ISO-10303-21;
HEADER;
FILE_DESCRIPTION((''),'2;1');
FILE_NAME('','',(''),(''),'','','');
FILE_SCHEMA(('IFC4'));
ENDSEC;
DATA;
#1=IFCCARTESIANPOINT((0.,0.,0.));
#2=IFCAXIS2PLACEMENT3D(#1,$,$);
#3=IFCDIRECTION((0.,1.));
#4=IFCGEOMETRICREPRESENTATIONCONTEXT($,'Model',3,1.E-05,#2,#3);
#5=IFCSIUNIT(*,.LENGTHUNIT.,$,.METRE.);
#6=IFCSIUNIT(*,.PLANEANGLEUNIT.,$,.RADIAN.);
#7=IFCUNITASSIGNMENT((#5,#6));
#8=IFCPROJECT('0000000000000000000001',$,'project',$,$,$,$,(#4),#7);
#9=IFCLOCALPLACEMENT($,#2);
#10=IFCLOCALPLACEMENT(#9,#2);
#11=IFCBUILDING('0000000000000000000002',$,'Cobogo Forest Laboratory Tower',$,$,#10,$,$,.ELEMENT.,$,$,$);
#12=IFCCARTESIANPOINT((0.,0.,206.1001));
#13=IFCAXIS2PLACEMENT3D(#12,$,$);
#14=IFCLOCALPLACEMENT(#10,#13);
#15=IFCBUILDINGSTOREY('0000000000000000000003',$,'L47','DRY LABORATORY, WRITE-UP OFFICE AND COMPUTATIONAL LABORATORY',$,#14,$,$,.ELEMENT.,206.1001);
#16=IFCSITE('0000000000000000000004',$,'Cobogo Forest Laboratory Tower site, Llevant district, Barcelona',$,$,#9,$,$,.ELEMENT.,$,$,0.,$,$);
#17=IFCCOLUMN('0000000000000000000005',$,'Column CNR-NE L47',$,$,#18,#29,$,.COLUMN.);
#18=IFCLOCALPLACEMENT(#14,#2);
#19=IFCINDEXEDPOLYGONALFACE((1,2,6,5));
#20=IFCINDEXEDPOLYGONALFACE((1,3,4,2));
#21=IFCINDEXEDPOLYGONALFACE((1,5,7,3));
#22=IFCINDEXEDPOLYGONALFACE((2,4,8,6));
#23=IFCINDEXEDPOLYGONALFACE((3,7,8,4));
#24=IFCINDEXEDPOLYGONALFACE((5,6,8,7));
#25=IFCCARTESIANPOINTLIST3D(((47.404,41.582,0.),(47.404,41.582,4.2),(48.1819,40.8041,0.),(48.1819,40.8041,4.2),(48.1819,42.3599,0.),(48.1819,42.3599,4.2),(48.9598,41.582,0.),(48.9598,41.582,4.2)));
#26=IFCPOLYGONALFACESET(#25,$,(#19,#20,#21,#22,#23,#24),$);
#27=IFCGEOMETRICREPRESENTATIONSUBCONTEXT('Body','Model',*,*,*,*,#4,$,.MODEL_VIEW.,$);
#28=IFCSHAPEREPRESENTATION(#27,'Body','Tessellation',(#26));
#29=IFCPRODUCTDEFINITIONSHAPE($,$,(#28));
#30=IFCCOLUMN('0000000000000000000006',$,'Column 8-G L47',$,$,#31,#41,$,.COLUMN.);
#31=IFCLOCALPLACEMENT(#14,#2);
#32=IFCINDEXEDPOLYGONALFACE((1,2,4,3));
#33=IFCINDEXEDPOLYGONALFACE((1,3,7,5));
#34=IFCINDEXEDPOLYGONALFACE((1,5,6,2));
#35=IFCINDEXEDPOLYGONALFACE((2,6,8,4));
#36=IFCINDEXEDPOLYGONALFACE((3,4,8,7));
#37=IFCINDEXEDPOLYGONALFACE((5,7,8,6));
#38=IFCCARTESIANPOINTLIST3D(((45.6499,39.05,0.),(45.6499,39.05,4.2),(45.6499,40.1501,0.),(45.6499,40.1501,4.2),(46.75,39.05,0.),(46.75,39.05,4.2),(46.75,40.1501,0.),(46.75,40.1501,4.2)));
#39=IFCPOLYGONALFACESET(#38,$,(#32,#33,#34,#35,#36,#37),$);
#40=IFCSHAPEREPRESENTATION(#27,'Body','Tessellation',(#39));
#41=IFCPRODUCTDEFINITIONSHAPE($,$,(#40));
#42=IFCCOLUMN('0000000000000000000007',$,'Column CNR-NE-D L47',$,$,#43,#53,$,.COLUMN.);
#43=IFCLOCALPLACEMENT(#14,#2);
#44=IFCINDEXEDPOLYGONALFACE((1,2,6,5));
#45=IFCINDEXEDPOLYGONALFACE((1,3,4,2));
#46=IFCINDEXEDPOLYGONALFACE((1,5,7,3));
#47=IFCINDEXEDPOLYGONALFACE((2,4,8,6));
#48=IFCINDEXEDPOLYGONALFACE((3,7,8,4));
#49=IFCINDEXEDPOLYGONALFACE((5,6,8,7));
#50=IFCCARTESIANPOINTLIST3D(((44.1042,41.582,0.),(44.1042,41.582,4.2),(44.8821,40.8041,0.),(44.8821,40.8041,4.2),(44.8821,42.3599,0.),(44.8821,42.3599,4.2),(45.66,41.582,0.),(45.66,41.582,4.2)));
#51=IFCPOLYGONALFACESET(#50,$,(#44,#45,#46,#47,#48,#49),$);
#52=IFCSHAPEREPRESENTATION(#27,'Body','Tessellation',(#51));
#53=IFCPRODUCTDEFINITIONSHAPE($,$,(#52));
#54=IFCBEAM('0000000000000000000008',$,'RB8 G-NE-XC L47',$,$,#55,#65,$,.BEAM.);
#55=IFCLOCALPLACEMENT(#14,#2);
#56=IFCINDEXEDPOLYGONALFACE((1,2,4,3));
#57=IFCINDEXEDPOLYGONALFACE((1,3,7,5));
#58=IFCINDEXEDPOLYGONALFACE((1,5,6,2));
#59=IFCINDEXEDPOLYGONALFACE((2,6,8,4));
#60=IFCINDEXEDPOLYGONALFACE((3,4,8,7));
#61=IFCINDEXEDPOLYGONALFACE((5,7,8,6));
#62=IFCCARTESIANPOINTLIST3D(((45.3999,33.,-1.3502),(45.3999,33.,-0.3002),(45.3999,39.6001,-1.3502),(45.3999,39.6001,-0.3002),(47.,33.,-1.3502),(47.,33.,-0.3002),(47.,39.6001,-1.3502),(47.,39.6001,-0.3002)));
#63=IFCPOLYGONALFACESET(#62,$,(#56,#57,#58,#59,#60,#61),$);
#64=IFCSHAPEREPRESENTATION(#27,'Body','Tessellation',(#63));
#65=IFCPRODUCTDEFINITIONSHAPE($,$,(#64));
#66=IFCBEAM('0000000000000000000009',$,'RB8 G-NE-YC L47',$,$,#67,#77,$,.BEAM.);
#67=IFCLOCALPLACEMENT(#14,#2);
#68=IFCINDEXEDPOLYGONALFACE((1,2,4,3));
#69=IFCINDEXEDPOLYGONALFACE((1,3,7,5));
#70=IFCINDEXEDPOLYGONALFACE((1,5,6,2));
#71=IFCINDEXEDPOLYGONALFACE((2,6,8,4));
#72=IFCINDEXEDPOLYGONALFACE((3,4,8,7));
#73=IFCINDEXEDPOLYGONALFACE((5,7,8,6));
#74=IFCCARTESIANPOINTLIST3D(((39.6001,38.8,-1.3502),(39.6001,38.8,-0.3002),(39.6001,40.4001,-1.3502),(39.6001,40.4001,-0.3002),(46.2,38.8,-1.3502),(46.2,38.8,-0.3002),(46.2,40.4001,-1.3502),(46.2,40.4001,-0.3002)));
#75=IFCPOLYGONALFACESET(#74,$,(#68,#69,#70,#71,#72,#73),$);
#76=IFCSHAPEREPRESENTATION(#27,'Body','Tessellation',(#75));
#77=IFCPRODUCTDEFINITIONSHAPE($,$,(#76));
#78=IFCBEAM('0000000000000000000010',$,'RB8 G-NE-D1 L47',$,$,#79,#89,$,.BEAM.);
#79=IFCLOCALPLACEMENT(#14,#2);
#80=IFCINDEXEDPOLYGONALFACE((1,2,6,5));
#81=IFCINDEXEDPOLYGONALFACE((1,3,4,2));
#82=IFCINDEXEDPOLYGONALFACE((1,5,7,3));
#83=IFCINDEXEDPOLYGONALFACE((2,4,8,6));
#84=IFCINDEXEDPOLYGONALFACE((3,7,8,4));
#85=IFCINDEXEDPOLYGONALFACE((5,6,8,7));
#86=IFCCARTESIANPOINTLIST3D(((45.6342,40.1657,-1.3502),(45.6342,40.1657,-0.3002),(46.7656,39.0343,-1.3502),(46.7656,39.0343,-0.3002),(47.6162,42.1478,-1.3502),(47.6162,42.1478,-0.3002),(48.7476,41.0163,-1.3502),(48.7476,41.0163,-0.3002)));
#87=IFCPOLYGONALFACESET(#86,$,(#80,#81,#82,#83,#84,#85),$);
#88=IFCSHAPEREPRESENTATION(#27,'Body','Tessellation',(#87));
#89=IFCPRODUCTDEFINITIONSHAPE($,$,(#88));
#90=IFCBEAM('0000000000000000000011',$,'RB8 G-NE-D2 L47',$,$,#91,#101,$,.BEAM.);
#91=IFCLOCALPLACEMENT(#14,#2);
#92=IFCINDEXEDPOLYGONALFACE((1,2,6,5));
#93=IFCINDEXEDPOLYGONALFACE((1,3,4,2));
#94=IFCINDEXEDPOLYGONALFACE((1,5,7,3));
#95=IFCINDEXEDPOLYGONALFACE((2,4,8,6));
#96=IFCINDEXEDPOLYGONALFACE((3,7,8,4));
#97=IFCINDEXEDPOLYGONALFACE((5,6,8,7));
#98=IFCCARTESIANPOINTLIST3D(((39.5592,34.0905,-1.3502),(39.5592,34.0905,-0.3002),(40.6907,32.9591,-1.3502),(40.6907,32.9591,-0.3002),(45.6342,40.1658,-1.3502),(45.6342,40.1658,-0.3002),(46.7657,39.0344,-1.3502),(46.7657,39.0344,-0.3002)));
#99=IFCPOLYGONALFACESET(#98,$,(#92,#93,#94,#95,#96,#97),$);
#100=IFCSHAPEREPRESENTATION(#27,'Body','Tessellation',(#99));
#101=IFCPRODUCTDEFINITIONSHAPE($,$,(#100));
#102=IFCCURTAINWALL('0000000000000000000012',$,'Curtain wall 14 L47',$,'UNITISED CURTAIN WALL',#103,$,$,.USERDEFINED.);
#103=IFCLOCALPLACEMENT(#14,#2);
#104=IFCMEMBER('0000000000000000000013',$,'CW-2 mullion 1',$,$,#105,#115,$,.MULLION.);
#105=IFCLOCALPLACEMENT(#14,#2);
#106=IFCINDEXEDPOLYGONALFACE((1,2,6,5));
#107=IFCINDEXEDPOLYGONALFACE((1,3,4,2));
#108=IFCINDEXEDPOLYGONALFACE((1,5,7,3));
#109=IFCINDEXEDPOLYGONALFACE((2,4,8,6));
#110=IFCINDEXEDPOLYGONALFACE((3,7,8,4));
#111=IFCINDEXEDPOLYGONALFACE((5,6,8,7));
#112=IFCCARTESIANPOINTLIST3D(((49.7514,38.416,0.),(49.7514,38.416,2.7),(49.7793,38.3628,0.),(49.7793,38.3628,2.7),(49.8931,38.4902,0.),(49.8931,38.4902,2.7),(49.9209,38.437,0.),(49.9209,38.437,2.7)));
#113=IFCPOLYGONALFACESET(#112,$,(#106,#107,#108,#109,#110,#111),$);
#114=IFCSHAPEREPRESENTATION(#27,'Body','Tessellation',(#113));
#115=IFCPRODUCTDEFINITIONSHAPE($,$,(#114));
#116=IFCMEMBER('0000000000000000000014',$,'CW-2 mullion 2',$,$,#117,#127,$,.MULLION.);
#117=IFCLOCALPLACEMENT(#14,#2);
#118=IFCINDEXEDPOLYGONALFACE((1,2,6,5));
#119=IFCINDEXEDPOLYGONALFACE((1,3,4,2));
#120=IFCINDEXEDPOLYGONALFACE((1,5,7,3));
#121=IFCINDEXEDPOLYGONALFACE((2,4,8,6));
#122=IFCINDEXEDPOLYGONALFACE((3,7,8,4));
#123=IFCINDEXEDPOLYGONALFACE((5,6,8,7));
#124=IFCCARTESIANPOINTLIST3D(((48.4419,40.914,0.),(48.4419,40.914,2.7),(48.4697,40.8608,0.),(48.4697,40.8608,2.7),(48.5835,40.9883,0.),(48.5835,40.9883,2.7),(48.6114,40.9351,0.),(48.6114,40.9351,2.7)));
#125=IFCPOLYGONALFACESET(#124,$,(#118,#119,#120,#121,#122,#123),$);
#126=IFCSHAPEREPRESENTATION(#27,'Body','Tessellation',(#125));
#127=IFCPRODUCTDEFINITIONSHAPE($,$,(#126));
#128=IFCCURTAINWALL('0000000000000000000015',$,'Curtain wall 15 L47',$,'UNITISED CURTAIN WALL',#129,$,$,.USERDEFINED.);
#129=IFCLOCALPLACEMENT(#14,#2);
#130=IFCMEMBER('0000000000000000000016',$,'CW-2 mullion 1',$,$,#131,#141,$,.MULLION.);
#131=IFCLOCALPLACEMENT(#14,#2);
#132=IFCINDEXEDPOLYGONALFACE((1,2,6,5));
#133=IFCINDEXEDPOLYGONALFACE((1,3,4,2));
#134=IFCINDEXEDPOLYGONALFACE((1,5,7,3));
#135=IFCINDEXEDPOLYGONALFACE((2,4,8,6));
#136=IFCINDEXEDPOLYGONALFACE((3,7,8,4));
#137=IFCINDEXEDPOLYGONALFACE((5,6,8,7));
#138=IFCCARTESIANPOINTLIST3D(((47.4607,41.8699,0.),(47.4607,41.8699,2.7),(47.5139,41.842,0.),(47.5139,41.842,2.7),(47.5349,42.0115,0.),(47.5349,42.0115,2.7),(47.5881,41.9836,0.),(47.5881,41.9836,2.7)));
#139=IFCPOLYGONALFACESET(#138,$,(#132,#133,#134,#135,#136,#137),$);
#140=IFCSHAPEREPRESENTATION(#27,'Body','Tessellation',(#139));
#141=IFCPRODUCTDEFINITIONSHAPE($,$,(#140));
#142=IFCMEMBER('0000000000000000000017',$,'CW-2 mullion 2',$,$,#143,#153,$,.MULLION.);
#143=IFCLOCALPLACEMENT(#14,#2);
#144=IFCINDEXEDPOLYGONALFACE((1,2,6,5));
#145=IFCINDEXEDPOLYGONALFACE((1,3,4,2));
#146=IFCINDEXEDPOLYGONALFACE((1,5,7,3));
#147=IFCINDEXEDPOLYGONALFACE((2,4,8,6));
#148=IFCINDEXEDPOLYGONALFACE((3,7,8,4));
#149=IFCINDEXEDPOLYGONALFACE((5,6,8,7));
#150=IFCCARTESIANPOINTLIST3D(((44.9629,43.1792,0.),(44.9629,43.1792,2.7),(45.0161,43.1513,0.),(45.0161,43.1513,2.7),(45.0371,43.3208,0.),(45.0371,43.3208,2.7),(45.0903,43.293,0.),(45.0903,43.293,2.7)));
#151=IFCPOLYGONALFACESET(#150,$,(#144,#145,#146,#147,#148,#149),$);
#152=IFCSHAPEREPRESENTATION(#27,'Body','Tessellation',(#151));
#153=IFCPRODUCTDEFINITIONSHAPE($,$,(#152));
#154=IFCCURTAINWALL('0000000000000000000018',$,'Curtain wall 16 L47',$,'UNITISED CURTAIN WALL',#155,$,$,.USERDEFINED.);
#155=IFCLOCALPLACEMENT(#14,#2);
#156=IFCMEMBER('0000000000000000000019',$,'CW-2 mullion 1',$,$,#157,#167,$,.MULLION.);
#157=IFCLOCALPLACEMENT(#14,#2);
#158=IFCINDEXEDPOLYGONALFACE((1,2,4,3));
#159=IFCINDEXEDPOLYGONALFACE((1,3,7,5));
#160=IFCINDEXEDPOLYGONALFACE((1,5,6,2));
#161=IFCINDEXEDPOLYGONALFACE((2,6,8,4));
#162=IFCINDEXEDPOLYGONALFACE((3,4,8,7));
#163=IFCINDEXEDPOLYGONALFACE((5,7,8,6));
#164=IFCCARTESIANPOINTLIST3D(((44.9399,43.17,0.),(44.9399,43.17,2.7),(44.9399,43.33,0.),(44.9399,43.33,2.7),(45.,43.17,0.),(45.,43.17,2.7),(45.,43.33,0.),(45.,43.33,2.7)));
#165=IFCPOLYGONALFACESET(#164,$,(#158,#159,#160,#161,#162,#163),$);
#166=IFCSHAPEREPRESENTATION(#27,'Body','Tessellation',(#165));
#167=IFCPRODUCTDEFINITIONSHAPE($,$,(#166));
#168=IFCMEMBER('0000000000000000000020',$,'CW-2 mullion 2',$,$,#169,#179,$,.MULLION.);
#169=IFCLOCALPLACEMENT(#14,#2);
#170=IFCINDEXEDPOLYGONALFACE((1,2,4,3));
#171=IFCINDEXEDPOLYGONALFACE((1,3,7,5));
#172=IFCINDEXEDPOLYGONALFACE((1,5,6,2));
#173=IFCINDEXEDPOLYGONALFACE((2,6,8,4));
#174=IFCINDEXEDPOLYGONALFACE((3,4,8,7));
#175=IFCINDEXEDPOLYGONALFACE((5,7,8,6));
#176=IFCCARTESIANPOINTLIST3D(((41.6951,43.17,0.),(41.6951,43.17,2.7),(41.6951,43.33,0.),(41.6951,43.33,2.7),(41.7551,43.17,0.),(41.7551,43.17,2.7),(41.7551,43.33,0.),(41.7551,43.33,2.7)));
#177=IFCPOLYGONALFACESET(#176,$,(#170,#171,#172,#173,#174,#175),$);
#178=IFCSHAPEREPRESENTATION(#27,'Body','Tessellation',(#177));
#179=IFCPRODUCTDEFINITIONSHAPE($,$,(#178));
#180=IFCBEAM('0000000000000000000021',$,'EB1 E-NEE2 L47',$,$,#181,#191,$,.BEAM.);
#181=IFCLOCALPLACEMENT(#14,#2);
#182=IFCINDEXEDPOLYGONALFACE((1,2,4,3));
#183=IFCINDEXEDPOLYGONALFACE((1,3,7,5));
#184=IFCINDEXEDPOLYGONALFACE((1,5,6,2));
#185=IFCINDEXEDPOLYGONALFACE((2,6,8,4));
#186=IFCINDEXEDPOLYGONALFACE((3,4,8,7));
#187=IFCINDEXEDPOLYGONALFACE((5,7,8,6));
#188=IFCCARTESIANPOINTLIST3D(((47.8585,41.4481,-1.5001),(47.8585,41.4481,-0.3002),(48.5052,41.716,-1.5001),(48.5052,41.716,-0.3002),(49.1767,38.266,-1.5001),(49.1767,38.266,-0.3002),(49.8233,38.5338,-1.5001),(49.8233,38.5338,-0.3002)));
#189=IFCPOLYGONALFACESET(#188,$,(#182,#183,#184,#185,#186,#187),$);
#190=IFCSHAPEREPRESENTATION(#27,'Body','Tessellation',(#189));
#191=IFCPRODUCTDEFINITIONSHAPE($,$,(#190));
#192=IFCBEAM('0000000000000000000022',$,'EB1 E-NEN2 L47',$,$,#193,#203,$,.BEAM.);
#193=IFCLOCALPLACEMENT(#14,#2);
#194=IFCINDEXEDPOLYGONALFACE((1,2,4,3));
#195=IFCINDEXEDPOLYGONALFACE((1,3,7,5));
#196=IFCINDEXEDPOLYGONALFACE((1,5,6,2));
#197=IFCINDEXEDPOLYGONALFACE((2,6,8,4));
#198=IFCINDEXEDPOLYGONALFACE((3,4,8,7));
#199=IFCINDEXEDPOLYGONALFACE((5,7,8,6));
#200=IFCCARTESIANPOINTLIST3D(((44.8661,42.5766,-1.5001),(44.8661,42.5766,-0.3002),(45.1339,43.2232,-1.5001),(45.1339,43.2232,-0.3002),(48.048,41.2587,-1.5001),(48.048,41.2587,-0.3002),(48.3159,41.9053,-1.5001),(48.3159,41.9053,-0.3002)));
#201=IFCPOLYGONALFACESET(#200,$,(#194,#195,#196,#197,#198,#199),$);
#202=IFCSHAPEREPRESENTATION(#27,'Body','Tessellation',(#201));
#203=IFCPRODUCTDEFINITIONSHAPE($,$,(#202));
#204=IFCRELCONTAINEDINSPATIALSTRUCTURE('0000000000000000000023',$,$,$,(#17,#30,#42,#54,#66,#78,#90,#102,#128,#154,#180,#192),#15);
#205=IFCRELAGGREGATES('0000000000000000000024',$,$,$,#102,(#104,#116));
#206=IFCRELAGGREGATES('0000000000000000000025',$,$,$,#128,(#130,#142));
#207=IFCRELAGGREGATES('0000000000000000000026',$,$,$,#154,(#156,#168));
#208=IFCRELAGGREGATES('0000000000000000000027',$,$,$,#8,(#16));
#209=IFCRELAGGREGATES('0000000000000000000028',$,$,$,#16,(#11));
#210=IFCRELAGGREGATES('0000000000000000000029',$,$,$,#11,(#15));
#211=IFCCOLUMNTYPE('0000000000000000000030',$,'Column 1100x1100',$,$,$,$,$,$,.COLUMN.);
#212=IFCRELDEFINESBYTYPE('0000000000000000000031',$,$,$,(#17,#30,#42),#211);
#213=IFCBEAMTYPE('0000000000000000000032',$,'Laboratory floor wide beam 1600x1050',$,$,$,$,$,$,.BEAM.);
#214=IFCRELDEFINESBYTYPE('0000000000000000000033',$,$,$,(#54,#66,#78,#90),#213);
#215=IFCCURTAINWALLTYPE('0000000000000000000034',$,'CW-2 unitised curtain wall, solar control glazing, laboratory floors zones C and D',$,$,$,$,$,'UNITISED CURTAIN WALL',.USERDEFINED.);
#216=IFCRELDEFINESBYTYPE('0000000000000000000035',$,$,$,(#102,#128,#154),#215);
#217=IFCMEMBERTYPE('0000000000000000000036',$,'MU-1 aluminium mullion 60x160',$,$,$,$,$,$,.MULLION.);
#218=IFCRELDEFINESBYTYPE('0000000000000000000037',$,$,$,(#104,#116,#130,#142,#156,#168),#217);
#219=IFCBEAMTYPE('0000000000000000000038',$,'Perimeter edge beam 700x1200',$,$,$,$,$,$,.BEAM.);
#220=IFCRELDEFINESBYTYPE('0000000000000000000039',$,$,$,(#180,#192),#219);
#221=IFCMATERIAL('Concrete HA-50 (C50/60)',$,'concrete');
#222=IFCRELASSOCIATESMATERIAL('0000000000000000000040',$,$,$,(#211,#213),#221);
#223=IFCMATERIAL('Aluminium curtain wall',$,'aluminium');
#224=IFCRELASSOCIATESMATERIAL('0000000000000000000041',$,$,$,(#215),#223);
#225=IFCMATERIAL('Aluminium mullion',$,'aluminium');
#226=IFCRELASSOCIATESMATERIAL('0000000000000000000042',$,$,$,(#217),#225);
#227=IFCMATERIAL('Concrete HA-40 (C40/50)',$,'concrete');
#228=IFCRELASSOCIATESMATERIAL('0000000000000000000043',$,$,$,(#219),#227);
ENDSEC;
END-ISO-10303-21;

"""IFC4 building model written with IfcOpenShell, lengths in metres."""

from ifc_helpers import new_model, si_unit, direction, frame, origin, origin_2d, place, context, subcontext, project, spatial, rectangle, extrude, material, material_profile, profile_set, type_object, element, aggregate, save


model = new_model("IFC4")

# Units and contexts
model_context = context("Model", 3, precision=1e-05, world=origin(), true_north=direction((0.0, 1.0)))
body_context = subcontext(model_context, "Body", "Model", "MODEL_VIEW")
ifc_project = project(units=[si_unit("LENGTHUNIT", "METRE"), si_unit("PLANEANGLEUNIT", "RADIAN")], contexts=[model_context])

# Site, building, storey
site_placement = place(None, origin())
site = spatial("IfcSite", under=ifc_project, at=site_placement, Name="Cobogo Forest Laboratory Tower site, Llevant district, Barcelona", CompositionType="ELEMENT", RefElevation=0.0)
building_placement = place(site_placement, origin())
building = spatial("IfcBuilding", under=site, at=building_placement, Name="Cobogo Forest Laboratory Tower", CompositionType="ELEMENT")
storey_placement = place(building_placement, frame((0.0, 0.0, 206.1001)))
storey = spatial("IfcBuildingStorey", under=building, at=storey_placement, Name="L47", Description="DRY LABORATORY, WRITE-UP OFFICE AND COMPUTATIONAL LABORATORY", CompositionType="ELEMENT", Elevation=206.1001)

# Columns
ifc_material_1 = material(Name="Concrete HA-50 (C50/60)", Category="concrete")
ifc_material_profile_1 = material_profile(ifc_material_1, rectangle(XDim=1.1001, YDim=1.1001, at=origin_2d()), Name="RC 1100x1100")
ifc_profile_set_1 = profile_set([ifc_material_profile_1], Name="Concrete HA-50 (C50/60)")
column_type = type_object("IfcColumnType", Name="Column 1100x1100", PredefinedType="COLUMN", material=ifc_profile_set_1)
for number, where, z_axis, x_axis, name in (
    (1, (48.1819, 41.582, 0.0), (0.0, 0.0, 1.0), (0.707107, 0.707107, 0.0), "Column CNR-NE L47"),
    (2, (46.2, 39.6001, 0.0), (0.0, 0.0, 1.0), (1.0, 0.0, 0.0), "Column 8-G L47"),
    (3, (44.8821, 41.582, 0.0), (0.0, 0.0, 1.0), (0.707107, 0.707107, 0.0), "Column CNR-NE-D L47"),
):
    element("IfcColumn", number, at=place(storey_placement, frame(where, z_axis=z_axis, x_axis=x_axis)), inside=storey, type_object=column_type, Name=name, PredefinedType="COLUMN", context=body_context, shape_type="SweptSolid", body=[
        extrude(rectangle(XDim=1.1001, YDim=1.1001, at=origin_2d()), origin(), (0.0, 0.0, 1.0), 4.2),
    ])

# Beams
ifc_material_profile_2 = material_profile(ifc_material_1, rectangle(XDim=1.6001, YDim=1.05, at=origin_2d()), Name="RC 1600x1050")
ifc_profile_set_2 = profile_set([ifc_material_profile_2], Name="Concrete HA-50 (C50/60)")
beam_type_1 = type_object("IfcBeamType", Name="Laboratory floor wide beam 1600x1050", PredefinedType="BEAM", material=ifc_profile_set_2)
beam_1_placement = place(storey_placement, frame((46.2, 39.6001, -0.8252), z_axis=(0.0, -1.0, 0.0), x_axis=(1.0, 0.0, 0.0)))
element("IfcBeam", 4, at=beam_1_placement, inside=storey, type_object=beam_type_1, Name="RB8 G-NE-XC L47", PredefinedType="BEAM", context=body_context, shape_type="SweptSolid", body=[
    extrude(rectangle(XDim=1.6001, YDim=1.05, at=origin_2d()), origin(), (0.0, 0.0, 1.0), 6.6001),
])
beam_2_placement = place(storey_placement, frame((46.2, 39.6001, -0.8252), z_axis=(-1.0, 0.0, 0.0), x_axis=(0.0, -1.0, 0.0)))
element("IfcBeam", 5, at=beam_2_placement, inside=storey, type_object=beam_type_1, Name="RB8 G-NE-YC L47", PredefinedType="BEAM", context=body_context, shape_type="SweptSolid", body=[
    extrude(rectangle(XDim=1.6001, YDim=1.05, at=origin_2d()), origin(), (0.0, 0.0, 1.0), 6.5999),
])
beam_3_placement = place(storey_placement, frame((48.1819, 41.582, -0.8252), z_axis=(-0.707107, -0.707107, 0.0), x_axis=(0.707107, -0.707107, 0.0)))
element("IfcBeam", 6, at=beam_3_placement, inside=storey, type_object=beam_type_1, Name="RB8 G-NE-D1 L47", PredefinedType="BEAM", context=body_context, shape_type="SweptSolid", body=[
    extrude(rectangle(XDim=1.6001, YDim=1.05, at=origin_2d()), origin(), (0.0, 0.0, 1.0), 2.803),
])
beam_4_placement = place(storey_placement, frame((46.2, 39.6001, -0.8252), z_axis=(-0.707093, -0.707121, 0.0), x_axis=(0.707121, -0.707093, 0.0)))
element("IfcBeam", 7, at=beam_4_placement, inside=storey, type_object=beam_type_1, Name="RB8 G-NE-D2 L47", PredefinedType="BEAM", context=body_context, shape_type="SweptSolid", body=[
    extrude(rectangle(XDim=1.6001, YDim=1.05, at=origin_2d()), origin(), (0.0, 0.0, 1.0), 8.5916),
])

# Curtain walls, members
ifc_material_2 = material(Name="Aluminium curtain wall", Category="aluminium")
curtain_wall_type = type_object("IfcCurtainWallType", Name="CW-2 unitised curtain wall, solar control glazing, laboratory floors zones C and D", ElementType="UNITISED CURTAIN WALL", PredefinedType="USERDEFINED", material=ifc_material_2)
curtain_wall_1_placement = place(storey_placement, origin())
curtain_wall_1 = element("IfcCurtainWall", 8, at=curtain_wall_1_placement, inside=storey, type_object=curtain_wall_type, Name="Curtain wall 14 L47", ObjectType="UNITISED CURTAIN WALL", PredefinedType="USERDEFINED")
ifc_material_3 = material(Name="Aluminium mullion", Category="aluminium")
ifc_material_profile_3 = material_profile(ifc_material_3, rectangle(XDim=0.0601, YDim=0.1599, at=origin_2d()), Name="AL 60x160")
ifc_profile_set_3 = profile_set([ifc_material_profile_3], Name="Aluminium mullion")
member_type_1 = type_object("IfcMemberType", Name="MU-1 aluminium mullion 60x160", PredefinedType="MULLION", material=ifc_profile_set_3)
member_1_placement = place(storey_placement, frame((49.8362, 38.4265, 0.0), z_axis=(0.0, 0.0, 1.0), x_axis=(-0.464284, 0.885686, 0.0)))
member_1 = element("IfcMember", 9, at=member_1_placement, type_object=member_type_1, Name="CW-2 mullion 1", PredefinedType="MULLION", context=body_context, shape_type="SweptSolid", body=[
    extrude(rectangle(XDim=0.0601, YDim=0.1599, at=origin_2d()), origin(), (0.0, 0.0, 1.0), 2.7),
])
member_2_placement = place(storey_placement, frame((48.5266, 40.9246, 0.0), z_axis=(0.0, 0.0, 1.0), x_axis=(-0.464284, 0.885686, 0.0)))
member_2 = element("IfcMember", 10, at=member_2_placement, type_object=member_type_1, Name="CW-2 mullion 2", PredefinedType="MULLION", context=body_context, shape_type="SweptSolid", body=[
    extrude(rectangle(XDim=0.0601, YDim=0.1599, at=origin_2d()), origin(), (0.0, 0.0, 1.0), 2.7),
])
curtain_wall_2_placement = place(storey_placement, origin())
curtain_wall_2 = element("IfcCurtainWall", 11, at=curtain_wall_2_placement, inside=storey, type_object=curtain_wall_type, Name="Curtain wall 15 L47", ObjectType="UNITISED CURTAIN WALL", PredefinedType="USERDEFINED")
member_3_placement = place(storey_placement, frame((47.5244, 41.9268, 0.0), z_axis=(0.0, 0.0, 1.0), x_axis=(-0.885686, 0.464284, 0.0)))
member_3 = element("IfcMember", 12, at=member_3_placement, type_object=member_type_1, Name="CW-2 mullion 1", PredefinedType="MULLION", context=body_context, shape_type="SweptSolid", body=[
    extrude(rectangle(XDim=0.0601, YDim=0.1599, at=origin_2d()), origin(), (0.0, 0.0, 1.0), 2.7),
])
member_4_placement = place(storey_placement, frame((45.0266, 43.2361, 0.0), z_axis=(0.0, 0.0, 1.0), x_axis=(-0.885686, 0.464284, 0.0)))
member_4 = element("IfcMember", 13, at=member_4_placement, type_object=member_type_1, Name="CW-2 mullion 2", PredefinedType="MULLION", context=body_context, shape_type="SweptSolid", body=[
    extrude(rectangle(XDim=0.0601, YDim=0.1599, at=origin_2d()), origin(), (0.0, 0.0, 1.0), 2.7),
])
curtain_wall_3_placement = place(storey_placement, origin())
curtain_wall_3 = element("IfcCurtainWall", 14, at=curtain_wall_3_placement, inside=storey, type_object=curtain_wall_type, Name="Curtain wall 16 L47", ObjectType="UNITISED CURTAIN WALL", PredefinedType="USERDEFINED")
member_5_placement = place(storey_placement, frame((44.97, 43.25, 0.0), z_axis=(0.0, 0.0, 1.0), x_axis=(-1.0, 0.0, 0.0)))
member_5 = element("IfcMember", 15, at=member_5_placement, type_object=member_type_1, Name="CW-2 mullion 1", PredefinedType="MULLION", context=body_context, shape_type="SweptSolid", body=[
    extrude(rectangle(XDim=0.0601, YDim=0.1599, at=origin_2d()), origin(), (0.0, 0.0, 1.0), 2.7),
])
member_6_placement = place(storey_placement, frame((41.7251, 43.25, 0.0), z_axis=(0.0, 0.0, 1.0), x_axis=(-1.0, 0.0, 0.0)))
member_6 = element("IfcMember", 16, at=member_6_placement, type_object=member_type_1, Name="CW-2 mullion 2", PredefinedType="MULLION", context=body_context, shape_type="SweptSolid", body=[
    extrude(rectangle(XDim=0.0601, YDim=0.1599, at=origin_2d()), origin(), (0.0, 0.0, 1.0), 2.7),
])

# Beams
ifc_material_4 = material(Name="Concrete HA-40 (C40/50)", Category="concrete")
ifc_material_profile_4 = material_profile(ifc_material_4, rectangle(XDim=0.7, YDim=1.2, at=origin_2d()), Name="RC 700x1200")
ifc_profile_set_4 = profile_set([ifc_material_profile_4], Name="Concrete HA-40 (C40/50)")
beam_type_2 = type_object("IfcBeamType", Name="Perimeter edge beam 700x1200", PredefinedType="BEAM", material=ifc_profile_set_4)
beam_5_placement = place(storey_placement, frame((49.5, 38.3999, -0.9001), z_axis=(-0.382692, 0.923876, 0.0), x_axis=(-0.923876, -0.382692, 0.0)))
element("IfcBeam", 17, at=beam_5_placement, inside=storey, type_object=beam_type_2, Name="EB1 E-NEE2 L47", PredefinedType="BEAM", context=body_context, shape_type="SweptSolid", body=[
    extrude(rectangle(XDim=0.7, YDim=1.2, at=origin_2d()), origin(), (0.0, 0.0, 1.0), 3.4443),
])
beam_6_placement = place(storey_placement, frame((45.0, 42.8999, -0.9001), z_axis=(0.923891, -0.382656, 0.0), x_axis=(0.382656, 0.923891, 0.0)))
element("IfcBeam", 18, at=beam_6_placement, inside=storey, type_object=beam_type_2, Name="EB1 E-NEN2 L47", PredefinedType="BEAM", context=body_context, shape_type="SweptSolid", body=[
    extrude(rectangle(XDim=0.7, YDim=1.2, at=origin_2d()), origin(), (0.0, 0.0, 1.0), 3.4441),
])

aggregate(curtain_wall_1, [member_1, member_2])
aggregate(curtain_wall_2, [member_3, member_4])
aggregate(curtain_wall_3, [member_5, member_6])

save(model, "model.ifc")
